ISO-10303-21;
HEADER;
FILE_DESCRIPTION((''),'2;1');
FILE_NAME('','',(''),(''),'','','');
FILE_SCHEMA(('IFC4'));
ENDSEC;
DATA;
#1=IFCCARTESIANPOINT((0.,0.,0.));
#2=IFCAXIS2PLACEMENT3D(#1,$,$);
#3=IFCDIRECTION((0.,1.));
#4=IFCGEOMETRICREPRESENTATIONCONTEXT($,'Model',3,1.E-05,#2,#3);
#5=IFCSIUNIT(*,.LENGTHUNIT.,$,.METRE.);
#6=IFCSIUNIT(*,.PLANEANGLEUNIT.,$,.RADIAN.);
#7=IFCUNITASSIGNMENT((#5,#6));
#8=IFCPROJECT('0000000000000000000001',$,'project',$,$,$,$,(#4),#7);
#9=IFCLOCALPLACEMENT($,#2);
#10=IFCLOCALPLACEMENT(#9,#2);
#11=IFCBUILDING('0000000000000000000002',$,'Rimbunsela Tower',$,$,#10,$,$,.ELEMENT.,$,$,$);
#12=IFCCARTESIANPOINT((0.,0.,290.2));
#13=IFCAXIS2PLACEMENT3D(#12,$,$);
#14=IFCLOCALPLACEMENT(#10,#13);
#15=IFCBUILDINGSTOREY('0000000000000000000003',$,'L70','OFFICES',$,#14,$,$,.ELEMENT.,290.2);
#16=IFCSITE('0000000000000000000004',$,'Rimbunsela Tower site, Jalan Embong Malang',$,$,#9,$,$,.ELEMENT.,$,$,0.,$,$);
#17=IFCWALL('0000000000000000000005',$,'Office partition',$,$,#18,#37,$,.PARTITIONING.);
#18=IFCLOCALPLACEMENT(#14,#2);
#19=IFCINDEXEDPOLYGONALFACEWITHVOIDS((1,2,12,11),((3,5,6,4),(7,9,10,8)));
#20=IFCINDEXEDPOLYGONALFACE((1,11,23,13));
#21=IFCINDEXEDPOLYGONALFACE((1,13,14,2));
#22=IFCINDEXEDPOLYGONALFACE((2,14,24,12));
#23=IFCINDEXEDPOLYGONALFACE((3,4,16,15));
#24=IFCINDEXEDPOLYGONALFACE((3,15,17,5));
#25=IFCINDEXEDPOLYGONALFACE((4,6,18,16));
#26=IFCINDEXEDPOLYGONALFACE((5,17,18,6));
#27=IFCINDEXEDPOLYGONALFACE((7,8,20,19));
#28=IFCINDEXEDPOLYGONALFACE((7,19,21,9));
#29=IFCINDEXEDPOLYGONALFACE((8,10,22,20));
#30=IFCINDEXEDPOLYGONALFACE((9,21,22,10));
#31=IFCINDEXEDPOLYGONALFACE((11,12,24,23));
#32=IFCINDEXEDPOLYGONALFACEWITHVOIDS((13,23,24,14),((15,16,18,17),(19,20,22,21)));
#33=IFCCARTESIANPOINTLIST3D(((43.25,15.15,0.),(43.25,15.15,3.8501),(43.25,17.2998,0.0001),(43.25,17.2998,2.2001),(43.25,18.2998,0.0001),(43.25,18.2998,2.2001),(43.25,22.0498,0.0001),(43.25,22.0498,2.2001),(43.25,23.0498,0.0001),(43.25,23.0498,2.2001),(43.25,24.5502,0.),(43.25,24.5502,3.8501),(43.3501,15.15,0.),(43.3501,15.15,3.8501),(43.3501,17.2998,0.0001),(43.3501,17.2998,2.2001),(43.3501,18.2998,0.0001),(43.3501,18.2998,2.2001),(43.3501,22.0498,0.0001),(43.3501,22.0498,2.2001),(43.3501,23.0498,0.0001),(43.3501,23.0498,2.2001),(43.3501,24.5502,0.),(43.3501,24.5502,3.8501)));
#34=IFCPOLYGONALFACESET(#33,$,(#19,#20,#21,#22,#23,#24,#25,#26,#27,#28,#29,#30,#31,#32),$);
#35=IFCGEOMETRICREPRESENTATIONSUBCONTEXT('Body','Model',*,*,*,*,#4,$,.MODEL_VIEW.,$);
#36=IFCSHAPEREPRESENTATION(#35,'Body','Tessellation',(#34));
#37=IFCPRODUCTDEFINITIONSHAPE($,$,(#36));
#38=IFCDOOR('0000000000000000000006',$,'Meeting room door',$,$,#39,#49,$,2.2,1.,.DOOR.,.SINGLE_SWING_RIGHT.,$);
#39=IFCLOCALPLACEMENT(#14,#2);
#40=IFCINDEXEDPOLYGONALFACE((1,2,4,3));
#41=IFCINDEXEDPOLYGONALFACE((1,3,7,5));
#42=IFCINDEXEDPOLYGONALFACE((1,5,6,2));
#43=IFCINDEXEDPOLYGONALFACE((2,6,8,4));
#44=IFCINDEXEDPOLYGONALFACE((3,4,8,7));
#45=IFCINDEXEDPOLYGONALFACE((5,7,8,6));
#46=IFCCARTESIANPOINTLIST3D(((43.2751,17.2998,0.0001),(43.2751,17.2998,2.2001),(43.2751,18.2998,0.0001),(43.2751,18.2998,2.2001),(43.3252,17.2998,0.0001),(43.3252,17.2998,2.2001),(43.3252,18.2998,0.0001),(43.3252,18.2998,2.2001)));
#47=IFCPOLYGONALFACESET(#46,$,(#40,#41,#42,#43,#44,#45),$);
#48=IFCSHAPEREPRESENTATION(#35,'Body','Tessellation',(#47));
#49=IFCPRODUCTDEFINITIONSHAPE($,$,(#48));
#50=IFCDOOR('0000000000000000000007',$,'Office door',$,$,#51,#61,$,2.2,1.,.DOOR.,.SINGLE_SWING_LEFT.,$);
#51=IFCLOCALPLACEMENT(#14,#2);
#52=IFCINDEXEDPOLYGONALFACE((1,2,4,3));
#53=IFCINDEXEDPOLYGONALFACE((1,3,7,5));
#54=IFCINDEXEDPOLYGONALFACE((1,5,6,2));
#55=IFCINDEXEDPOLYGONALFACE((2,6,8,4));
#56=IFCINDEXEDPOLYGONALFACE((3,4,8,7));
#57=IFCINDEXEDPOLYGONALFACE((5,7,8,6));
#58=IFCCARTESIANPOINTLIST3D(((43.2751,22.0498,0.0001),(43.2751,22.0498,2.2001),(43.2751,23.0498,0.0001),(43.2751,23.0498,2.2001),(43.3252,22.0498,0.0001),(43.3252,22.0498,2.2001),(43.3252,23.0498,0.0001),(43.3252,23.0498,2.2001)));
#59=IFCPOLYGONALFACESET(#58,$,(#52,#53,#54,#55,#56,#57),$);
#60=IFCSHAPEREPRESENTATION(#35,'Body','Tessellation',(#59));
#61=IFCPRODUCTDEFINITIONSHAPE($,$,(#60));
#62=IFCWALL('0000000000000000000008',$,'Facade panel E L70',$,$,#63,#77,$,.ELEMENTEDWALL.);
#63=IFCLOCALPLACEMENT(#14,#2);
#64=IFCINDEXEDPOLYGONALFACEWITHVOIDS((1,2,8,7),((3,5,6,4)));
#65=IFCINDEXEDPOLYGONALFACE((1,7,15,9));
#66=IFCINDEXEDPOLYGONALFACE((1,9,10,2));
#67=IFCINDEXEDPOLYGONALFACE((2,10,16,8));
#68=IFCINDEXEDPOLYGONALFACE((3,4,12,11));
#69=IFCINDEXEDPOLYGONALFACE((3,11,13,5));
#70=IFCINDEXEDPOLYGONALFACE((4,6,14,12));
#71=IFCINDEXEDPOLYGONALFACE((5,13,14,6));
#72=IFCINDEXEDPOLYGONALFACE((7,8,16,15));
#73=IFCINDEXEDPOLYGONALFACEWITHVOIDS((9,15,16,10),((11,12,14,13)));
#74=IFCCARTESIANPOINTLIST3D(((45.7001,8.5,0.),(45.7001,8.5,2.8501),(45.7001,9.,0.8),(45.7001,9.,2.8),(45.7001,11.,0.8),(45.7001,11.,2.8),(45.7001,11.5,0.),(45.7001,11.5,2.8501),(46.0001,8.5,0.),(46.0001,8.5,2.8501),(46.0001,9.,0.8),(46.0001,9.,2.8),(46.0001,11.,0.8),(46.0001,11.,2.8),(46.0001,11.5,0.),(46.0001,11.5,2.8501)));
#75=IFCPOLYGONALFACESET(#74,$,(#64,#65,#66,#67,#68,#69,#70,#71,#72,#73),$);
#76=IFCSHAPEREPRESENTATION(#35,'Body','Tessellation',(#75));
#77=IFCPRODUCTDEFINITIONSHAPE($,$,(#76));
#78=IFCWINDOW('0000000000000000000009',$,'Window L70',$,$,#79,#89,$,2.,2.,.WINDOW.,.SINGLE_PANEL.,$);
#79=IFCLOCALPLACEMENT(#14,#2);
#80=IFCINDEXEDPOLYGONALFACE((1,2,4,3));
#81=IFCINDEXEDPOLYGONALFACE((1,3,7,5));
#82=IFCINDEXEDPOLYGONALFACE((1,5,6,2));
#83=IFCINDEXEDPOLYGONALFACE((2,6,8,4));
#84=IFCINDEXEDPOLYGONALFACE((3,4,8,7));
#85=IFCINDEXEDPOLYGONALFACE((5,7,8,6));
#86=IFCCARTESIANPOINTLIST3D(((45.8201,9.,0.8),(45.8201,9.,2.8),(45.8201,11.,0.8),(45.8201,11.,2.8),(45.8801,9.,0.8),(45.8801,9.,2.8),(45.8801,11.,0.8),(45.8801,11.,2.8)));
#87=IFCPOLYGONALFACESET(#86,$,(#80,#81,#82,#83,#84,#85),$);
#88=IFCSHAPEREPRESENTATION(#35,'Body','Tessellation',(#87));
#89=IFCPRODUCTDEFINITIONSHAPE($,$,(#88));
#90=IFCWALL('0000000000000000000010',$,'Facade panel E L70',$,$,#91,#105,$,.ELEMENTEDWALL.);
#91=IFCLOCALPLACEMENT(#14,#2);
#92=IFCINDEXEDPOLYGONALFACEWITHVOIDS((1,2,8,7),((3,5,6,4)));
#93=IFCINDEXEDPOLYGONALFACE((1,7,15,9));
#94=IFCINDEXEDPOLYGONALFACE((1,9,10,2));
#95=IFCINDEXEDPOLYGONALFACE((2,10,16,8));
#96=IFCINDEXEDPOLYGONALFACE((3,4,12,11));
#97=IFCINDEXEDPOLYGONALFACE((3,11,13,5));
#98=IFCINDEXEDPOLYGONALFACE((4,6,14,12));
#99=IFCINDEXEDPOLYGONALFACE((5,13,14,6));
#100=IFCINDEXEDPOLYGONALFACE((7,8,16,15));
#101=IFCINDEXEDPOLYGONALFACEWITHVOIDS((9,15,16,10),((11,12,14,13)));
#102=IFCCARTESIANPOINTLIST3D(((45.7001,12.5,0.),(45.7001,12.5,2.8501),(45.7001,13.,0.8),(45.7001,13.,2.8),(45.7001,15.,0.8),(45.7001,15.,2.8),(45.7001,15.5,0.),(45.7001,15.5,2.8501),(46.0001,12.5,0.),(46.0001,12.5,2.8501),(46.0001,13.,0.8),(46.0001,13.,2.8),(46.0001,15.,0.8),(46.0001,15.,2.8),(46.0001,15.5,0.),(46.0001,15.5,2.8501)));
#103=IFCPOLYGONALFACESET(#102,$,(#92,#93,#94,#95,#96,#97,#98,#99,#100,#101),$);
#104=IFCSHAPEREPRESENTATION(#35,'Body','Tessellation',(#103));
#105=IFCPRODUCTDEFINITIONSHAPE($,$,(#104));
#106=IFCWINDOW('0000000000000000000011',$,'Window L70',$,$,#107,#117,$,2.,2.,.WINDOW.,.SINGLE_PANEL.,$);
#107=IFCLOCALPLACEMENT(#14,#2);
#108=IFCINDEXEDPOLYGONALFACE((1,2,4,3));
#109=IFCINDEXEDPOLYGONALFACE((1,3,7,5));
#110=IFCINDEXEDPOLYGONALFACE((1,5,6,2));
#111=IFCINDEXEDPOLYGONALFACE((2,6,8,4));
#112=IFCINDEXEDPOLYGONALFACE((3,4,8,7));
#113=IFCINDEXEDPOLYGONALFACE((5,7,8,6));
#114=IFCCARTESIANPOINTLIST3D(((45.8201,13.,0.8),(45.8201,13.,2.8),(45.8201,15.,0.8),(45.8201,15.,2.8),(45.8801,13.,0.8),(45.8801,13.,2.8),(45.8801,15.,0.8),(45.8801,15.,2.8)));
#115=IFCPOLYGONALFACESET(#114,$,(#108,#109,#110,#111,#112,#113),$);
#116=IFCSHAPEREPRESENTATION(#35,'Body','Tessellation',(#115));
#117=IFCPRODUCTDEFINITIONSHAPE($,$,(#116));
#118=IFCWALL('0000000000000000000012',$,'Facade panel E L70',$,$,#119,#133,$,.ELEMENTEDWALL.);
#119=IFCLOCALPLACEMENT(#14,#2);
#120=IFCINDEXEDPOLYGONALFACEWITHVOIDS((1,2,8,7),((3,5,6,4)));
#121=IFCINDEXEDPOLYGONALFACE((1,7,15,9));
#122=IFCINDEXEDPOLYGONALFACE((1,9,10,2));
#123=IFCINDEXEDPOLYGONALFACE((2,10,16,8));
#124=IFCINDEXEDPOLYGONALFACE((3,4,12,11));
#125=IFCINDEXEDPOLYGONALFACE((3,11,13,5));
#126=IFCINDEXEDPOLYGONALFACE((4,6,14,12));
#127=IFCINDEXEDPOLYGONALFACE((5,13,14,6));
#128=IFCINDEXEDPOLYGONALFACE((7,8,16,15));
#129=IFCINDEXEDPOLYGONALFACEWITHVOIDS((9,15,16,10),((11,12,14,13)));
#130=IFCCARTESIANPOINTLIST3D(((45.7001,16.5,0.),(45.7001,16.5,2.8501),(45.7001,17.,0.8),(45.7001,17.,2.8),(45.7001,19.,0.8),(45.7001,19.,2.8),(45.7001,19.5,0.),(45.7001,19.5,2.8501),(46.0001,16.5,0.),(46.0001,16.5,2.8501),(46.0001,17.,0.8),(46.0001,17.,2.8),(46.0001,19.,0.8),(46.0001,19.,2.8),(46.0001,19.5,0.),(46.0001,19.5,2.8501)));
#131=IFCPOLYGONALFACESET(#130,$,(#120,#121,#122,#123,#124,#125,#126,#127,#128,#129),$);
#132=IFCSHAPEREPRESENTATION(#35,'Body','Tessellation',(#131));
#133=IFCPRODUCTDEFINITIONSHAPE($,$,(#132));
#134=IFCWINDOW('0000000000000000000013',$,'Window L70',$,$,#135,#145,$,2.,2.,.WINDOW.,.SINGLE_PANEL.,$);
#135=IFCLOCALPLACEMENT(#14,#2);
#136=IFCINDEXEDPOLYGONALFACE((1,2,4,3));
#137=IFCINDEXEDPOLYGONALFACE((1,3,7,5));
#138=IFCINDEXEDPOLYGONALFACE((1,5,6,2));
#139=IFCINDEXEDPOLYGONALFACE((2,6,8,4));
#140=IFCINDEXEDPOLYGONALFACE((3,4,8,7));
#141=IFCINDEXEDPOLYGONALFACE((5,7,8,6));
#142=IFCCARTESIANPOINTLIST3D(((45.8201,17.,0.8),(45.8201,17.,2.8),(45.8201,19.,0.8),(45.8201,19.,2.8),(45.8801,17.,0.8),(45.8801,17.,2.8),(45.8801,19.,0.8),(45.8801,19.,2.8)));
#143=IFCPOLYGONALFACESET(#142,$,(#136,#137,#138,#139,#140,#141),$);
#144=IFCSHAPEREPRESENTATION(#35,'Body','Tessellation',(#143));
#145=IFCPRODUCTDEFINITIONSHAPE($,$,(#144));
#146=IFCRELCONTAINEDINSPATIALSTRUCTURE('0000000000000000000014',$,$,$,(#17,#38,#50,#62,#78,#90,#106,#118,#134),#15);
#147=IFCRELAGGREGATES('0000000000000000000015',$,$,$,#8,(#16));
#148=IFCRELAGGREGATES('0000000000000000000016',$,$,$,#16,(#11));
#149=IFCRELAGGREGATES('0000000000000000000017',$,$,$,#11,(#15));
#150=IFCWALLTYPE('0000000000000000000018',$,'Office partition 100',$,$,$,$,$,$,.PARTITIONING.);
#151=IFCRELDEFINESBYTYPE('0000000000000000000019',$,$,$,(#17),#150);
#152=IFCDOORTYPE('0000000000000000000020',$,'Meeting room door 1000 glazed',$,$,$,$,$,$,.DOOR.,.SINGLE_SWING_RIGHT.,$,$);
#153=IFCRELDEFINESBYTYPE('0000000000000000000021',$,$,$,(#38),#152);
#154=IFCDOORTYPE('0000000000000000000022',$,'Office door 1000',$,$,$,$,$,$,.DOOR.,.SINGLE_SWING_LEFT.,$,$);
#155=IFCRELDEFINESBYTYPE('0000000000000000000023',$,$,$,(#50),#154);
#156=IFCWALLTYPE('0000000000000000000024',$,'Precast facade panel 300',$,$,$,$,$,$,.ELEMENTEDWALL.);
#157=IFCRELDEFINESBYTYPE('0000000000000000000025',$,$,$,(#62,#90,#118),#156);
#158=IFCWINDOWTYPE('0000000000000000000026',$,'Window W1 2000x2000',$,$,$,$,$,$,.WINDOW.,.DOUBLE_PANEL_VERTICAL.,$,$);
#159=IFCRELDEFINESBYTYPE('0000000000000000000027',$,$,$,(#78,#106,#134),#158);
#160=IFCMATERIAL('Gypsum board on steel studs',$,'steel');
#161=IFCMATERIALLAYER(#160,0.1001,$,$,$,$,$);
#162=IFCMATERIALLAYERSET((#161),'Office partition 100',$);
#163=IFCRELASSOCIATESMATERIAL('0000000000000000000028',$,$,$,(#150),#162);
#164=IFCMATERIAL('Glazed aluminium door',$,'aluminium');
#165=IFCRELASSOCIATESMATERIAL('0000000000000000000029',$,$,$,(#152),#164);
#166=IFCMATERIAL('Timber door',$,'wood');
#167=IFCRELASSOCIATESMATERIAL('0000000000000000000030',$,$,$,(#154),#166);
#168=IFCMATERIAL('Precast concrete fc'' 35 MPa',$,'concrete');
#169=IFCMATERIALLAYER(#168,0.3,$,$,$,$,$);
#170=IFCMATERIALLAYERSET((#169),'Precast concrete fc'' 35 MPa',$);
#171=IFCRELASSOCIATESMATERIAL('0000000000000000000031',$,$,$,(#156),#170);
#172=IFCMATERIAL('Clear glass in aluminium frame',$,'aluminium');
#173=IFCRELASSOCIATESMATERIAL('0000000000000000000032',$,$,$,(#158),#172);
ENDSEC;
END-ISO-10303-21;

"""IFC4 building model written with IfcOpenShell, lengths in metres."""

from ifc_helpers import new_model, si_unit, direction, frame, frame_2d, origin, place, context, subcontext, project, spatial, rectangle, extrude, material, layer, layer_set, type_object, element, fill, save


model = new_model("IFC4")

# Units and contexts
model_context = context("Model", 3, precision=1e-05, world=origin(), true_north=direction((0.0, 1.0)))
body_context = subcontext(model_context, "Body", "Model", "MODEL_VIEW")
ifc_project = project(units=[si_unit("LENGTHUNIT", "METRE"), si_unit("PLANEANGLEUNIT", "RADIAN")], contexts=[model_context])

# Site, building, storey
site_placement = place(None, origin())
site = spatial("IfcSite", under=ifc_project, at=site_placement, Name="Rimbunsela Tower site, Jalan Embong Malang", CompositionType="ELEMENT", RefElevation=0.0)
building_placement = place(site_placement, origin())
building = spatial("IfcBuilding", under=site, at=building_placement, Name="Rimbunsela Tower", CompositionType="ELEMENT")
storey_placement = place(building_placement, frame((0.0, 0.0, 290.2)))
storey = spatial("IfcBuildingStorey", under=building, at=storey_placement, Name="L70", Description="OFFICES", CompositionType="ELEMENT", Elevation=290.2)

# Shared definitions
ifc_material_1 = material(Name="Gypsum board on steel studs", Category="steel")
ifc_layer_1 = layer(ifc_material_1, 0.1001)
ifc_layer_set_1 = layer_set([ifc_layer_1], Name="Office partition 100")
wall_type_1 = type_object("IfcWallType", Name="Office partition 100", PredefinedType="PARTITIONING", material=ifc_layer_set_1)

# Wall, openings, doors
wall_1_placement = place(storey_placement, frame((43.3, 15.1499, 0.0), z_axis=(0.0, 0.0, 1.0), x_axis=(0.0, 1.0, 0.0)))
wall_1 = element("IfcWall", 1, at=wall_1_placement, inside=storey, type_object=wall_type_1, Name="Office partition", PredefinedType="PARTITIONING", context=body_context, shape_type="SweptSolid", body=[
    extrude(rectangle(XDim=9.4001, YDim=0.1001, at=frame_2d((4.7002, 0.0))), origin(), (0.0, 0.0, 1.0), 3.8501),
])
opening_1_placement = place(wall_1_placement, frame((2.1499, 0.0, 0.0)))
opening_1 = element("IfcOpeningElement", 2, at=opening_1_placement, cuts=wall_1, PredefinedType="OPENING", context=body_context, shape_type="SweptSolid", body=[
    extrude(rectangle(XDim=1.0, YDim=2.2, at=frame_2d((0.5, 1.1001))), frame((0.0, 0.0601, 0.0), z_axis=(0.0, -1.0, 0.0), x_axis=(1.0, 0.0, 0.0)), (0.0, 0.0, 1.0), 0.1201),
])
opening_2_placement = place(wall_1_placement, frame((6.8999, 0.0, 0.0)))
opening_2 = element("IfcOpeningElement", 3, at=opening_2_placement, cuts=wall_1, PredefinedType="OPENING", context=body_context, shape_type="SweptSolid", body=[
    extrude(rectangle(XDim=1.0, YDim=2.2, at=frame_2d((0.5, 1.1001))), frame((0.0, 0.0601, 0.0), z_axis=(0.0, -1.0, 0.0), x_axis=(1.0, 0.0, 0.0)), (0.0, 0.0, 1.0), 0.1201),
])
ifc_material_2 = material(Name="Glazed aluminium door", Category="aluminium")
door_type_1 = type_object("IfcDoorType", Name="Meeting room door 1000 glazed", OperationType="SINGLE_SWING_RIGHT", PredefinedType="DOOR", material=ifc_material_2)
door_1_placement = place(opening_1_placement, origin())
door_1 = element("IfcDoor", 4, at=door_1_placement, inside=storey, type_object=door_type_1, Name="Meeting room door", OperationType="SINGLE_SWING_RIGHT", OverallHeight=2.2, OverallWidth=1.0, PredefinedType="DOOR", context=body_context, shape_type="SweptSolid", body=[
    extrude(rectangle(XDim=1.0, YDim=2.2, at=frame_2d((0.5, 1.1001))), frame((0.0, 0.0249, 0.0), z_axis=(0.0, -1.0, 0.0), x_axis=(1.0, 0.0, 0.0)), (0.0, 0.0, 1.0), 0.05),
])
fill(opening_1, door_1)
ifc_material_3 = material(Name="Timber door", Category="wood")
door_type_2 = type_object("IfcDoorType", Name="Office door 1000", OperationType="SINGLE_SWING_LEFT", PredefinedType="DOOR", material=ifc_material_3)
door_2_placement = place(opening_2_placement, origin())
door_2 = element("IfcDoor", 5, at=door_2_placement, inside=storey, type_object=door_type_2, Name="Office door", OperationType="SINGLE_SWING_LEFT", OverallHeight=2.2, OverallWidth=1.0, PredefinedType="DOOR", context=body_context, shape_type="SweptSolid", body=[
    extrude(rectangle(XDim=1.0, YDim=2.2, at=frame_2d((0.5, 1.1001))), frame((0.0, 0.0249, 0.0), z_axis=(0.0, -1.0, 0.0), x_axis=(1.0, 0.0, 0.0)), (0.0, 0.0, 1.0), 0.05),
])
fill(opening_2, door_2)

# Walls, openings, windows
ifc_material_4 = material(Name="Precast concrete fc' 35 MPa", Category="concrete")
ifc_layer_2 = layer(ifc_material_4, 0.3)
ifc_layer_set_2 = layer_set([ifc_layer_2], Name="Precast concrete fc' 35 MPa")
wall_type_2 = type_object("IfcWallType", Name="Precast facade panel 300", PredefinedType="ELEMENTEDWALL", material=ifc_layer_set_2)
wall_2_placement = place(storey_placement, frame((45.8501, 8.5, 0.0), z_axis=(0.0, 0.0, 1.0), x_axis=(0.0, 1.0, 0.0)))
wall_2 = element("IfcWall", 6, at=wall_2_placement, inside=storey, type_object=wall_type_2, Name="Facade panel E L70", PredefinedType="ELEMENTEDWALL", context=body_context, shape_type="SweptSolid", body=[
    extrude(rectangle(XDim=3.0, YDim=0.3, at=frame_2d((1.5, 0.0))), origin(), (0.0, 0.0, 1.0), 2.8501),
])
opening_3_placement = place(wall_2_placement, frame((0.5, 0.0, 0.8)))
opening_3 = element("IfcOpeningElement", 7, at=opening_3_placement, cuts=wall_2, PredefinedType="OPENING", context=body_context, shape_type="SweptSolid", body=[
    extrude(rectangle(XDim=2.0, YDim=2.0, at=frame_2d((1.0, 1.0))), frame((0.0, 0.1599, 0.0), z_axis=(0.0, -1.0, 0.0), x_axis=(1.0, 0.0, 0.0)), (0.0, 0.0, 1.0), 0.3201),
])
ifc_material_5 = material(Name="Clear glass in aluminium frame", Category="aluminium")
window_type = type_object("IfcWindowType", Name="Window W1 2000x2000", PartitioningType="DOUBLE_PANEL_VERTICAL", PredefinedType="WINDOW", material=ifc_material_5)
window_1_placement = place(opening_3_placement, origin())
window_1 = element("IfcWindow", 8, at=window_1_placement, inside=storey, type_object=window_type, Name="Window L70", OverallHeight=2.0, OverallWidth=2.0, PartitioningType="SINGLE_PANEL", PredefinedType="WINDOW", context=body_context, shape_type="SweptSolid", body=[
    extrude(rectangle(XDim=2.0, YDim=2.0, at=frame_2d((1.0, 1.0))), frame((0.0, 0.03, 0.0), z_axis=(0.0, -1.0, 0.0), x_axis=(1.0, 0.0, 0.0)), (0.0, 0.0, 1.0), 0.0601),
])
fill(opening_3, window_1)
wall_3_placement = place(storey_placement, frame((45.8501, 12.5, 0.0), z_axis=(0.0, 0.0, 1.0), x_axis=(0.0, 1.0, 0.0)))
wall_3 = element("IfcWall", 9, at=wall_3_placement, inside=storey, type_object=wall_type_2, Name="Facade panel E L70", PredefinedType="ELEMENTEDWALL", context=body_context, shape_type="SweptSolid", body=[
    extrude(rectangle(XDim=3.0, YDim=0.3, at=frame_2d((1.5, 0.0))), origin(), (0.0, 0.0, 1.0), 2.8501),
])
opening_4_placement = place(wall_3_placement, frame((0.5, 0.0, 0.8)))
opening_4 = element("IfcOpeningElement", 10, at=opening_4_placement, cuts=wall_3, PredefinedType="OPENING", context=body_context, shape_type="SweptSolid", body=[
    extrude(rectangle(XDim=2.0, YDim=2.0, at=frame_2d((1.0, 1.0))), frame((0.0, 0.1599, 0.0), z_axis=(0.0, -1.0, 0.0), x_axis=(1.0, 0.0, 0.0)), (0.0, 0.0, 1.0), 0.3201),
])
window_2_placement = place(opening_4_placement, origin())
window_2 = element("IfcWindow", 11, at=window_2_placement, inside=storey, type_object=window_type, Name="Window L70", OverallHeight=2.0, OverallWidth=2.0, PartitioningType="SINGLE_PANEL", PredefinedType="WINDOW", context=body_context, shape_type="SweptSolid", body=[
    extrude(rectangle(XDim=2.0, YDim=2.0, at=frame_2d((1.0, 1.0))), frame((0.0, 0.03, 0.0), z_axis=(0.0, -1.0, 0.0), x_axis=(1.0, 0.0, 0.0)), (0.0, 0.0, 1.0), 0.0601),
])
fill(opening_4, window_2)
wall_4_placement = place(storey_placement, frame((45.8501, 16.5, 0.0), z_axis=(0.0, 0.0, 1.0), x_axis=(0.0, 1.0, 0.0)))
wall_4 = element("IfcWall", 12, at=wall_4_placement, inside=storey, type_object=wall_type_2, Name="Facade panel E L70", PredefinedType="ELEMENTEDWALL", context=body_context, shape_type="SweptSolid", body=[
    extrude(rectangle(XDim=3.0, YDim=0.3, at=frame_2d((1.5, 0.0))), origin(), (0.0, 0.0, 1.0), 2.8501),
])
opening_5_placement = place(wall_4_placement, frame((0.5, 0.0, 0.8)))
opening_5 = element("IfcOpeningElement", 13, at=opening_5_placement, cuts=wall_4, PredefinedType="OPENING", context=body_context, shape_type="SweptSolid", body=[
    extrude(rectangle(XDim=2.0, YDim=2.0, at=frame_2d((1.0, 1.0))), frame((0.0, 0.1599, 0.0), z_axis=(0.0, -1.0, 0.0), x_axis=(1.0, 0.0, 0.0)), (0.0, 0.0, 1.0), 0.3201),
])
window_3_placement = place(opening_5_placement, origin())
window_3 = element("IfcWindow", 14, at=window_3_placement, inside=storey, type_object=window_type, Name="Window L70", OverallHeight=2.0, OverallWidth=2.0, PartitioningType="SINGLE_PANEL", PredefinedType="WINDOW", context=body_context, shape_type="SweptSolid", body=[
    extrude(rectangle(XDim=2.0, YDim=2.0, at=frame_2d((1.0, 1.0))), frame((0.0, 0.03, 0.0), z_axis=(0.0, -1.0, 0.0), x_axis=(1.0, 0.0, 0.0)), (0.0, 0.0, 1.0), 0.0601),
])
fill(opening_5, window_3)

save(model, "model.ifc")
